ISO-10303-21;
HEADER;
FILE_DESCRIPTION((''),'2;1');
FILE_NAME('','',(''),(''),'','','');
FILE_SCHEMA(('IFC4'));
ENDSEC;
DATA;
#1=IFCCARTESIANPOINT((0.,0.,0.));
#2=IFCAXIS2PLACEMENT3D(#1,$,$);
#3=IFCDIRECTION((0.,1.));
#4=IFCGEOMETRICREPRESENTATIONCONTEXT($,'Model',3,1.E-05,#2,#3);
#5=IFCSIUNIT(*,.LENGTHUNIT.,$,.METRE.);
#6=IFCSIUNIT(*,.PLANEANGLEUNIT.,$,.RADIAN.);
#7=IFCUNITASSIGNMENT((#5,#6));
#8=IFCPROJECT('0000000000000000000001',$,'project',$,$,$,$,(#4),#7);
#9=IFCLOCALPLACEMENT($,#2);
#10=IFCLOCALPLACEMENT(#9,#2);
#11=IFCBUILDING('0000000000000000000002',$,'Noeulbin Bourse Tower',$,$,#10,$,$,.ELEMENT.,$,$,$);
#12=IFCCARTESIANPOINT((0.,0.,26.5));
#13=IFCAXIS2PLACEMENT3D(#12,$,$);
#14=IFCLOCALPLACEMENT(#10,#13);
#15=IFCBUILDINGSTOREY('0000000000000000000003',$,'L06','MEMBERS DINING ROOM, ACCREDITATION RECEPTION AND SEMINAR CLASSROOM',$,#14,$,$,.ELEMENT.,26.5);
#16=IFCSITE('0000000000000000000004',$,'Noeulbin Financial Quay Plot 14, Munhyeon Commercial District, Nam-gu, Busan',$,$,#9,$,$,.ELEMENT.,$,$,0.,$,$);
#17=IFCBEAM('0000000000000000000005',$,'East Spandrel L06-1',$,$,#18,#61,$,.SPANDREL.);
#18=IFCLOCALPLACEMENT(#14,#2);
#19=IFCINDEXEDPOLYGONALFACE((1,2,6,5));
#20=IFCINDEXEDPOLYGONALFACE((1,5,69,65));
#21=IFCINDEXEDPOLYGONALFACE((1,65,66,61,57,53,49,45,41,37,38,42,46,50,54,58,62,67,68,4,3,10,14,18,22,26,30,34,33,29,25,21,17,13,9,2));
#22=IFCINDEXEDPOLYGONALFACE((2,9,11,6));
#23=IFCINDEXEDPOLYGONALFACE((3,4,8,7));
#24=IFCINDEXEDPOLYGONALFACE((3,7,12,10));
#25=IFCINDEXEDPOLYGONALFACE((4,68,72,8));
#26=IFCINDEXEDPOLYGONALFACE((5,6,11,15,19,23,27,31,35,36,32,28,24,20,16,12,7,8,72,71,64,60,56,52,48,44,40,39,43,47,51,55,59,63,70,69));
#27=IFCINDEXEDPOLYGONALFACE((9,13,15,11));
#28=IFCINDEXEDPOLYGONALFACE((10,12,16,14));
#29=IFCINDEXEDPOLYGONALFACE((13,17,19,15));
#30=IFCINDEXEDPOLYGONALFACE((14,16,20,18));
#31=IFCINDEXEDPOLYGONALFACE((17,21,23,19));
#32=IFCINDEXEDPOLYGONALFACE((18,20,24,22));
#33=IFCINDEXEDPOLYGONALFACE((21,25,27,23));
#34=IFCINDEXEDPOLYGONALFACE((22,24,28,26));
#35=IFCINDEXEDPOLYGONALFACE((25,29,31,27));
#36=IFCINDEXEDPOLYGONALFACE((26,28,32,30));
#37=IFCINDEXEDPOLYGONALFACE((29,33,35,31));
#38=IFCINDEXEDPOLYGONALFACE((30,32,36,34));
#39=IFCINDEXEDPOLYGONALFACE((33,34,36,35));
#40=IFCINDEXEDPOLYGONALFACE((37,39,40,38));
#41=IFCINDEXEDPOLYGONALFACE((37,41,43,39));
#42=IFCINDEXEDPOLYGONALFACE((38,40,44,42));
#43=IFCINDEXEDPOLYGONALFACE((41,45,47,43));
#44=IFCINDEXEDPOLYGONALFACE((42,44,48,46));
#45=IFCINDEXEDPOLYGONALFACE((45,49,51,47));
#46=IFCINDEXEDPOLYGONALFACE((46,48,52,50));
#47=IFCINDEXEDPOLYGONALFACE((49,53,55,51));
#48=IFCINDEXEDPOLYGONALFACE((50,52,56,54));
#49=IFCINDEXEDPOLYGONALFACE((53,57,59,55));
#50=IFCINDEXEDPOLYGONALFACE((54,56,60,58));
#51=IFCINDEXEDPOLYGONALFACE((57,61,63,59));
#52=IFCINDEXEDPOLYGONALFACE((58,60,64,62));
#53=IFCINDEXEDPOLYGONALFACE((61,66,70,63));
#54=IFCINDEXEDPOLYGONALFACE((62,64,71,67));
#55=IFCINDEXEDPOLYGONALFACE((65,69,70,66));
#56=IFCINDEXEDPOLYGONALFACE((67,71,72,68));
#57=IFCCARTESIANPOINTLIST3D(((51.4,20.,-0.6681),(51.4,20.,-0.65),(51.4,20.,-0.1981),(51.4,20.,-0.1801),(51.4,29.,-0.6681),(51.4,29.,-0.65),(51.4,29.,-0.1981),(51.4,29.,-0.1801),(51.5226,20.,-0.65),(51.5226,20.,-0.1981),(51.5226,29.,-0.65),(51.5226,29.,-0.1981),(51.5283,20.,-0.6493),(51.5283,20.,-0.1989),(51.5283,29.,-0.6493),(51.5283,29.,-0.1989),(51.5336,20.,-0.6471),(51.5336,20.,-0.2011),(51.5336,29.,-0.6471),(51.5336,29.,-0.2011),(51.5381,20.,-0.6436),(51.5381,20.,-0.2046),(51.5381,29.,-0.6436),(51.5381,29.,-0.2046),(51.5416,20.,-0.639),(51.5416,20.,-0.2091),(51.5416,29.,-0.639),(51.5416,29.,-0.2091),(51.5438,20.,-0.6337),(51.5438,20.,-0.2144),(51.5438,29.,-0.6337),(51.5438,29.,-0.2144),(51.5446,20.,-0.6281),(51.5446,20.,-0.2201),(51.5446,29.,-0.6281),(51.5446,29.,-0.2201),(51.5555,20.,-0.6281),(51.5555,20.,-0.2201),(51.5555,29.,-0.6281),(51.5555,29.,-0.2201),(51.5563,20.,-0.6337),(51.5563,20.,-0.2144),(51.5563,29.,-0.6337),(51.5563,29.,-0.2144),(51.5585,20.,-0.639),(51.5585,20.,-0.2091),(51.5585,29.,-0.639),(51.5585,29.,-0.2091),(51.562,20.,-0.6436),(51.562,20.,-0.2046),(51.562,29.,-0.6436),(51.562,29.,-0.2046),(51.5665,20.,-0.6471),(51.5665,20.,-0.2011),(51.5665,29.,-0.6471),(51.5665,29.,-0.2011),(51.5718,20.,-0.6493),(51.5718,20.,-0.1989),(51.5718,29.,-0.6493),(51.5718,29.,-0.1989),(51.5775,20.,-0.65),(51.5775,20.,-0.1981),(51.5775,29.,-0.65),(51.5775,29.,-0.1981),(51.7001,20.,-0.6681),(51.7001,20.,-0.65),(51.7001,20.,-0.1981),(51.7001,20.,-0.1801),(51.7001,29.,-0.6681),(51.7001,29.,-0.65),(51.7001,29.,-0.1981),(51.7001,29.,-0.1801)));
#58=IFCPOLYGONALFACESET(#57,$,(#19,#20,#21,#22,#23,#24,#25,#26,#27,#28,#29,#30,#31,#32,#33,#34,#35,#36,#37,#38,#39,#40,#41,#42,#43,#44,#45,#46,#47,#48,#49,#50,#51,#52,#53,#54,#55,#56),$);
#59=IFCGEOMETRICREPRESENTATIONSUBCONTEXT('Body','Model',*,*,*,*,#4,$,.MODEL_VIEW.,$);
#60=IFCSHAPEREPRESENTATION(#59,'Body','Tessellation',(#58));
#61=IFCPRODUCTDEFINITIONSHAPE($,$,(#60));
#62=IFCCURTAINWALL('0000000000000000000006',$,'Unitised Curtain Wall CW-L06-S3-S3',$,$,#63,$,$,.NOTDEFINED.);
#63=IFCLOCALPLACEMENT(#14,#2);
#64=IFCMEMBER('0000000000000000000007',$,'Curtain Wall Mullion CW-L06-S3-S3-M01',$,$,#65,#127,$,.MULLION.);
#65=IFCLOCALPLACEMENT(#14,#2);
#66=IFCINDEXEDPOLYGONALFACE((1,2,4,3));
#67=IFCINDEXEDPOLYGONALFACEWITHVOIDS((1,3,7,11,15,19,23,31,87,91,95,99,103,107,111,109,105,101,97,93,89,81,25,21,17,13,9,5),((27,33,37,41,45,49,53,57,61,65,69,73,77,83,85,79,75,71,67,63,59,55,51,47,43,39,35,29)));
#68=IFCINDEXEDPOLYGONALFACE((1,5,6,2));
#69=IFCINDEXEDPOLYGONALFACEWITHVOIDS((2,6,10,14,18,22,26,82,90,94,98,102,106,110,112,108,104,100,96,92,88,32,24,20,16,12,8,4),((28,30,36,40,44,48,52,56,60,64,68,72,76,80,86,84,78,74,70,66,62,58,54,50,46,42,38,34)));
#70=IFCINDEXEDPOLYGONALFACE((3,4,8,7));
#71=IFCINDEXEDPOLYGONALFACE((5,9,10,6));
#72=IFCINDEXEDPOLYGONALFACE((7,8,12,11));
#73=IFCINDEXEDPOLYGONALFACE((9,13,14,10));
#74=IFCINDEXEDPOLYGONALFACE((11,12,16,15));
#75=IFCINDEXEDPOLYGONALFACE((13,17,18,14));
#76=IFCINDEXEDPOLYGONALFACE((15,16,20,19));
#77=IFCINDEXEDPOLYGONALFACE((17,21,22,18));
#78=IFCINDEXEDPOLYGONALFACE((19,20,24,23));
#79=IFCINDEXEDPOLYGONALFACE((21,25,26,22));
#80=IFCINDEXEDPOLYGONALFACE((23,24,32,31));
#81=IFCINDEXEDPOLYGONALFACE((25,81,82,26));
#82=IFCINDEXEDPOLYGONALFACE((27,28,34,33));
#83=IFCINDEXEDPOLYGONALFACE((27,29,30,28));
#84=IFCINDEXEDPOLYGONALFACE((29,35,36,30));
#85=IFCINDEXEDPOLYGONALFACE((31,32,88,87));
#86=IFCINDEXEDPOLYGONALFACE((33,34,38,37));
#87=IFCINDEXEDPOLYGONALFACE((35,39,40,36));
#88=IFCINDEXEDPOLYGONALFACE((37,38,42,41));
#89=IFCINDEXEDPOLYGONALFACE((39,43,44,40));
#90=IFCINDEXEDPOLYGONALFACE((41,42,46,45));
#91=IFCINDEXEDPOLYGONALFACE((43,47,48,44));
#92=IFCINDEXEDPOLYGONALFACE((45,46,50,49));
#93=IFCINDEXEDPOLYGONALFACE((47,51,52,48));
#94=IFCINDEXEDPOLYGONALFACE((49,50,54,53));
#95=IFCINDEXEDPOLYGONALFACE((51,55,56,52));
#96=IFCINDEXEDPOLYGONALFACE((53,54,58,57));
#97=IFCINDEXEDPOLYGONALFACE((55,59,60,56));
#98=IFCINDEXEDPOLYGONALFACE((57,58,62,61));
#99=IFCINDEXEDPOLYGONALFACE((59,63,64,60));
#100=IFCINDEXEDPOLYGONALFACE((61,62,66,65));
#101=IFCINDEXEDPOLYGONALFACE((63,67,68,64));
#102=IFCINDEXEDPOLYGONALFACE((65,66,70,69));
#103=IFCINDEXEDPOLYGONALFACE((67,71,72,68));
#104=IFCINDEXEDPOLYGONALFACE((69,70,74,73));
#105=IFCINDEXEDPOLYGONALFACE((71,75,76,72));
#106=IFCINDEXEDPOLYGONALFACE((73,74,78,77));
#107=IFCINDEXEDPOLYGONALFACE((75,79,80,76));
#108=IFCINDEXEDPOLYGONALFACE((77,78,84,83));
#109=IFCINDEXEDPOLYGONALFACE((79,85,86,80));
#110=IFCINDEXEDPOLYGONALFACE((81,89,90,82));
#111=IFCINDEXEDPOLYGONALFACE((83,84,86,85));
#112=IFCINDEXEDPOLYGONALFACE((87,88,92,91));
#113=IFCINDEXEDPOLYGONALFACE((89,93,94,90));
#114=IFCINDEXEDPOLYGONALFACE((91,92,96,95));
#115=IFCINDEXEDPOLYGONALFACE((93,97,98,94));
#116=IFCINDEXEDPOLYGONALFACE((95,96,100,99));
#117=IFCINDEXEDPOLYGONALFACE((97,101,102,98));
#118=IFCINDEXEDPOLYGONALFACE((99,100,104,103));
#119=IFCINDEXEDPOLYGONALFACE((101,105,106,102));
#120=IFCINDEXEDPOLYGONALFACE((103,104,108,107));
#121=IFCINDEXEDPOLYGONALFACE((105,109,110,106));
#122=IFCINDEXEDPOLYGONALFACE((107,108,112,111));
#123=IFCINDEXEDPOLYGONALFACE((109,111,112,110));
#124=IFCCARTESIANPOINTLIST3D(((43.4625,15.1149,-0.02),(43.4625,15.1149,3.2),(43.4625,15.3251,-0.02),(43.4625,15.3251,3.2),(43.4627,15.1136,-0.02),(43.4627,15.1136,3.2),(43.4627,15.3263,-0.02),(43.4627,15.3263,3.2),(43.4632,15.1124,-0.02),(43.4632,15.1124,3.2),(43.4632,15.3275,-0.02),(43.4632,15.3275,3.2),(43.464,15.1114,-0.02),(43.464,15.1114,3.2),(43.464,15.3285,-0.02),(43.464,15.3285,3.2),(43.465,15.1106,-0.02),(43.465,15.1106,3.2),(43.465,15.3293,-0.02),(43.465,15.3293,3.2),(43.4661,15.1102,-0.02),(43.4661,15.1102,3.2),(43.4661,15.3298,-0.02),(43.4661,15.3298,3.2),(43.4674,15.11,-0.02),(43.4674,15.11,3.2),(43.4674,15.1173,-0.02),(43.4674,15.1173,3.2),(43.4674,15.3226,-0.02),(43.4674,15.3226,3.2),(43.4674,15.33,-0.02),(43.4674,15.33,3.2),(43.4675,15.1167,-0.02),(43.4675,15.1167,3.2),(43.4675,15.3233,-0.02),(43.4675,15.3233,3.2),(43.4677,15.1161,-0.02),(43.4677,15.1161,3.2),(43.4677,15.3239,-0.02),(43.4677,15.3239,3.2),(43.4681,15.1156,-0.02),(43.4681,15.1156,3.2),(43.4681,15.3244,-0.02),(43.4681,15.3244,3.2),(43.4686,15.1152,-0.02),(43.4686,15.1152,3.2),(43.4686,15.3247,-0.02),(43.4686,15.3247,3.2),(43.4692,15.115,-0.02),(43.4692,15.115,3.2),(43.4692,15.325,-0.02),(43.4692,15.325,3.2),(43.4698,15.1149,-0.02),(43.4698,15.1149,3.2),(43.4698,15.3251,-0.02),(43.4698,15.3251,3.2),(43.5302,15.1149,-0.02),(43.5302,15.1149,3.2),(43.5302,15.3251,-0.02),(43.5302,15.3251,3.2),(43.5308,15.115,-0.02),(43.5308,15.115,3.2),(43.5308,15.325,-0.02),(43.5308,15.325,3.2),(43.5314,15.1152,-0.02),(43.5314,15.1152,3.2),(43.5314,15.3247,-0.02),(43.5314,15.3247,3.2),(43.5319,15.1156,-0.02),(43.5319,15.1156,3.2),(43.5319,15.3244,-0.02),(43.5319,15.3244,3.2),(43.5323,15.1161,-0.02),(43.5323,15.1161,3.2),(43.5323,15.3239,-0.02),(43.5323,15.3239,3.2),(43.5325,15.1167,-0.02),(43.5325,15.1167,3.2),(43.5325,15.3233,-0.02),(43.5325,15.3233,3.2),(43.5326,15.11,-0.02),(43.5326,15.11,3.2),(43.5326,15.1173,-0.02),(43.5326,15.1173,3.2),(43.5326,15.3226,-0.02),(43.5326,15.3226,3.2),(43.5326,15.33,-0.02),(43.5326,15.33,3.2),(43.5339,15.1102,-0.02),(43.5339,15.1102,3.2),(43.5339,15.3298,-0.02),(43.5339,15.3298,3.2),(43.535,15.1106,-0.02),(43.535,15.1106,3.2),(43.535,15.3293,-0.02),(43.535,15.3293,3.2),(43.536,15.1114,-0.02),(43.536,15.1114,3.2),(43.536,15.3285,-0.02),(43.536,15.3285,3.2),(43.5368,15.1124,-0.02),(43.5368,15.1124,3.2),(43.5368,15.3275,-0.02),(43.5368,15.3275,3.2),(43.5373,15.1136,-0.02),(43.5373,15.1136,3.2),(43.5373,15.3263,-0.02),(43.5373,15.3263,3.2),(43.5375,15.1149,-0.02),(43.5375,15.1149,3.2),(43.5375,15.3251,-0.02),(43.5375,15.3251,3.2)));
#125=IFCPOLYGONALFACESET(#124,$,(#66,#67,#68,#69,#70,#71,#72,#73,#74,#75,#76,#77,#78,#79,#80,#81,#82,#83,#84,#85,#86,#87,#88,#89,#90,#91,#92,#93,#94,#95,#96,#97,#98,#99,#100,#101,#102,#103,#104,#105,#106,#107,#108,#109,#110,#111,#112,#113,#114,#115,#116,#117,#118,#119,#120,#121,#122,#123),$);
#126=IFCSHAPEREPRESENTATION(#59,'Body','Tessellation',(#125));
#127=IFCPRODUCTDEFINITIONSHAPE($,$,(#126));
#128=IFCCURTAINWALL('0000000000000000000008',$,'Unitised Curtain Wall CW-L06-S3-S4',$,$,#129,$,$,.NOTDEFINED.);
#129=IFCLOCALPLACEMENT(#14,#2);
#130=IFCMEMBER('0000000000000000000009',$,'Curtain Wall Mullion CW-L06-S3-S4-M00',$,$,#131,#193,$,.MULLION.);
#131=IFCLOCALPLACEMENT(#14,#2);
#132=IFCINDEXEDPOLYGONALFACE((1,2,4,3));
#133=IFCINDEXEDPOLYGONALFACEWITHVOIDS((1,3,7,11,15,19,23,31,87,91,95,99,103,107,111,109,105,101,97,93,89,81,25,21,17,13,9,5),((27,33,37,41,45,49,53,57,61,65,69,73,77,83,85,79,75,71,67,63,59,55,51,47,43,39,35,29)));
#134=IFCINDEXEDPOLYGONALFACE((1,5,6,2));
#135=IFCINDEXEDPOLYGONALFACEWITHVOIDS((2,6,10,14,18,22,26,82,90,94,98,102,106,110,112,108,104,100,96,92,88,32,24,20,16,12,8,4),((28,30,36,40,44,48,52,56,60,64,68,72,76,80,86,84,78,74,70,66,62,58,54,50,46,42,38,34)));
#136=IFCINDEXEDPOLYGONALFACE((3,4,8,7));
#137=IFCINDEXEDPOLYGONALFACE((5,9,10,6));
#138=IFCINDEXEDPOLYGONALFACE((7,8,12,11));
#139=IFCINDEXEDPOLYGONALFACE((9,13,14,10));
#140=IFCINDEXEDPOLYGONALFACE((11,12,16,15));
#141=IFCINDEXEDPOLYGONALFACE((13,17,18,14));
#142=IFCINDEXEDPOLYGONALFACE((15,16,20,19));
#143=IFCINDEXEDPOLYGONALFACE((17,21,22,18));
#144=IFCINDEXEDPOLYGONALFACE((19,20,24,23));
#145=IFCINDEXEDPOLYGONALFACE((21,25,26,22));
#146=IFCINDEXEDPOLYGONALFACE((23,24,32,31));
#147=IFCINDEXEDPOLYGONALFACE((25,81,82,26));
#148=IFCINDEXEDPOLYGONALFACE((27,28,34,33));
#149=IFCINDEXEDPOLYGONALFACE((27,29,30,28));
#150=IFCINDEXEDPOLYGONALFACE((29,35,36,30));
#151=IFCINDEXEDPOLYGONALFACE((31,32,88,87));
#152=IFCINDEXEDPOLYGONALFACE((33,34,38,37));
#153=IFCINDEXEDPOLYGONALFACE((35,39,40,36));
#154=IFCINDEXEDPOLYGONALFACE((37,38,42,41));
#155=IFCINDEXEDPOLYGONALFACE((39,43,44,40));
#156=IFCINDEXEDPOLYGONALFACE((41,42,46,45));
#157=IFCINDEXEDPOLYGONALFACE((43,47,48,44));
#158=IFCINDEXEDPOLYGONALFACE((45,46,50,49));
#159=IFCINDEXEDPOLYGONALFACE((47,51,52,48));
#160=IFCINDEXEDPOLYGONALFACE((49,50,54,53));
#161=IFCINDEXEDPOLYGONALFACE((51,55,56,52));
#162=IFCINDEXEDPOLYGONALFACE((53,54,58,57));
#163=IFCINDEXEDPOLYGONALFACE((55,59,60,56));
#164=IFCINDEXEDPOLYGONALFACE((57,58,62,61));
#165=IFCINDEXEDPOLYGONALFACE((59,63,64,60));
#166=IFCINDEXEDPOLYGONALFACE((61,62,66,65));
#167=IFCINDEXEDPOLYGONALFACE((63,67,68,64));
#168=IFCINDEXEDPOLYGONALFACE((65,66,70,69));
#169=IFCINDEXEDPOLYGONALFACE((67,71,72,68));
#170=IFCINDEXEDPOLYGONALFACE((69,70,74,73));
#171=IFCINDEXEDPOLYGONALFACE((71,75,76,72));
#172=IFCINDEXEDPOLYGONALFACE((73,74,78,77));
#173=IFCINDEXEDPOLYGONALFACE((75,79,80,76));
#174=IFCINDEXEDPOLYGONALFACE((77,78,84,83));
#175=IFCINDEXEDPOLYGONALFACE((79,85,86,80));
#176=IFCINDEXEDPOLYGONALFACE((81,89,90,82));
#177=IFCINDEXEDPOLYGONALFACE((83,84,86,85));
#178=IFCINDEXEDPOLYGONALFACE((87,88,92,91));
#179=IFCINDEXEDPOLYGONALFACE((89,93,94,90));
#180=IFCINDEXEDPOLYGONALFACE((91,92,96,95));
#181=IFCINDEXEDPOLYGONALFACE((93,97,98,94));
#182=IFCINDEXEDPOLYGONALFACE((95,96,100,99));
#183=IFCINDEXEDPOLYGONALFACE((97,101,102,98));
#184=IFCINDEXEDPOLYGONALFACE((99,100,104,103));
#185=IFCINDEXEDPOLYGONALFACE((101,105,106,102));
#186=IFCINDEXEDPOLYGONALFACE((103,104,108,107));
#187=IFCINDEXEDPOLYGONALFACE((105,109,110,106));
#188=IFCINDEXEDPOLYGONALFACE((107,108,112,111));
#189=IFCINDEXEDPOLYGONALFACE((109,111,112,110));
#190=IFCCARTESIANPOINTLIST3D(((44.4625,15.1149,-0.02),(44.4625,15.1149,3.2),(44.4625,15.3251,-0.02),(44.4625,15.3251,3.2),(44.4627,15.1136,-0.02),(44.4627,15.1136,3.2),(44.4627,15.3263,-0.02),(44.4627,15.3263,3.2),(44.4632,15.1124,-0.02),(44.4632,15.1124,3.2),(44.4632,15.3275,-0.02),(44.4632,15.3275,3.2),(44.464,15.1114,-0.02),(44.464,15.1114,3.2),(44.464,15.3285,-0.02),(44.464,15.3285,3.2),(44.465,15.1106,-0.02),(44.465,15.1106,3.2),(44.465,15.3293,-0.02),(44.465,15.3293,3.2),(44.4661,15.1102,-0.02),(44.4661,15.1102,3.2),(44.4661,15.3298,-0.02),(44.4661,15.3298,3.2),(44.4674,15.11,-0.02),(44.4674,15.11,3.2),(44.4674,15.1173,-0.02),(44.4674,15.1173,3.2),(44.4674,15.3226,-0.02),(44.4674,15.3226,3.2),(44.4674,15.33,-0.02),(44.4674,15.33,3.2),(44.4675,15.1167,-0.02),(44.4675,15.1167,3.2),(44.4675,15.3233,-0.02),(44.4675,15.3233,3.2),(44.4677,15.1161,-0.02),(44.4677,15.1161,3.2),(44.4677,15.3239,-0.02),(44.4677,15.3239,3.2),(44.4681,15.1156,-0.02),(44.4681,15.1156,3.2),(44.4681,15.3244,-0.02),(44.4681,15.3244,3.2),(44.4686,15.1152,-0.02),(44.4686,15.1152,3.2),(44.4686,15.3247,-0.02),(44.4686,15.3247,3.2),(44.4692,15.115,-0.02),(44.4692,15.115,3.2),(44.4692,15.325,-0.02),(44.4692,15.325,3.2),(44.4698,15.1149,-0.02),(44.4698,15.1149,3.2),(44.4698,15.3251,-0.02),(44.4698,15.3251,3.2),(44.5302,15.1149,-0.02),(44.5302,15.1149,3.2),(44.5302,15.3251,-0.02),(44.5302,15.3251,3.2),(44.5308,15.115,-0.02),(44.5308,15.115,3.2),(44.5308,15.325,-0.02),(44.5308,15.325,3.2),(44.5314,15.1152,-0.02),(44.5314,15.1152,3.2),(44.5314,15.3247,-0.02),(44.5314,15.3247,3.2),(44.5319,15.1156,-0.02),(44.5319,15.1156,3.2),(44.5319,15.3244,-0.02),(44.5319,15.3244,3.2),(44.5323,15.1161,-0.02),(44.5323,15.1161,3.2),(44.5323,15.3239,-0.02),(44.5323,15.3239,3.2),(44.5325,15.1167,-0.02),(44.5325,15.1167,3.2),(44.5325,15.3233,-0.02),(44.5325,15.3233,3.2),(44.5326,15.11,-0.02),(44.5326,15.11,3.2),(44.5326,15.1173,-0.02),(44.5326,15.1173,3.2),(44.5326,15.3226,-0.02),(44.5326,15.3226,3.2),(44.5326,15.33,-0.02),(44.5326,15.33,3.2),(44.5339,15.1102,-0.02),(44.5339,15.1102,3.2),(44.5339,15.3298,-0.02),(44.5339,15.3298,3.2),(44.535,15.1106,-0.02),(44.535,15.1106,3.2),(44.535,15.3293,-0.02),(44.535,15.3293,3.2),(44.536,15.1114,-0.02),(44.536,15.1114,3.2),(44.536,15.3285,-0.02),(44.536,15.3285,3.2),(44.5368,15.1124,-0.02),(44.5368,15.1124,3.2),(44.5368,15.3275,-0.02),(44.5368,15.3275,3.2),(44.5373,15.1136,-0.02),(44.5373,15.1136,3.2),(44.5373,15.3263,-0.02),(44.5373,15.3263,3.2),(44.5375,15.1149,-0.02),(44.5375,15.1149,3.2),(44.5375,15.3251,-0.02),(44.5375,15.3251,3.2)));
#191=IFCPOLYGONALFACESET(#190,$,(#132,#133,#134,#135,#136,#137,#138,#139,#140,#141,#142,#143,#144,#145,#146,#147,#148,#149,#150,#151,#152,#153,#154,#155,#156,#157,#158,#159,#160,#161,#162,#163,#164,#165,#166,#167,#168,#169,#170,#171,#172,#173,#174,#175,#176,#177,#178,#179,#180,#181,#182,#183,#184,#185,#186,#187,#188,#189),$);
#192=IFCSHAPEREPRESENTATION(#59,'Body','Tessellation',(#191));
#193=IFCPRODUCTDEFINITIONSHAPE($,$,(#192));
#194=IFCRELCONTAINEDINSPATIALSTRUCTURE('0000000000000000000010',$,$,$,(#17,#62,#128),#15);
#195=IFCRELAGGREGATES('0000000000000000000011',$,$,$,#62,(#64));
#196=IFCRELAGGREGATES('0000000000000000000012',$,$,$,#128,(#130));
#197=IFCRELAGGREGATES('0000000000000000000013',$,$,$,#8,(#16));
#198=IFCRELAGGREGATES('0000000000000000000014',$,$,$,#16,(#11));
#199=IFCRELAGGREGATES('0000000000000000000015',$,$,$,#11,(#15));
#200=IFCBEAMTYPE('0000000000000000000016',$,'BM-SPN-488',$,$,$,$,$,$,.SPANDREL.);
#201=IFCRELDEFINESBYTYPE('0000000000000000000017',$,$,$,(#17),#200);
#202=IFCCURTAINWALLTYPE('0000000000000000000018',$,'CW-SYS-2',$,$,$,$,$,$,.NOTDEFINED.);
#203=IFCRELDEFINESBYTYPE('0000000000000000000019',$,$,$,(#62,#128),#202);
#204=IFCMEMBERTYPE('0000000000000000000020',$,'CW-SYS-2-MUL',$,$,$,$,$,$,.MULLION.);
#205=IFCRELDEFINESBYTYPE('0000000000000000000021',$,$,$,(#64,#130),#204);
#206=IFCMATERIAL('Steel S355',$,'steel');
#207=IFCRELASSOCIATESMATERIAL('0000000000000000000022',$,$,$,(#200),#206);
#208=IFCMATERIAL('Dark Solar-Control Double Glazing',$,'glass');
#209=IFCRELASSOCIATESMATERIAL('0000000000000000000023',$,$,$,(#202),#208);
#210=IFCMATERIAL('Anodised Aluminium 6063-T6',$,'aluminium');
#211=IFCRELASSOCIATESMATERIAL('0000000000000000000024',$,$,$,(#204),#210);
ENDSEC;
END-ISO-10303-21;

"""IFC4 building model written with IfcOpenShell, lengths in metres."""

from ifc_helpers import new_model, si_unit, direction, frame, origin, origin_2d, place, context, subcontext, project, spatial, hollow_rectangle, i_section, extrude, material, material_profile, profile_set, type_object, element, aggregate, save


model = new_model("IFC4")

# Units and contexts
model_context = context("Model", 3, precision=1e-05, world=origin(), true_north=direction((0.0, 1.0)))
body_context = subcontext(model_context, "Body", "Model", "MODEL_VIEW")
ifc_project = project(units=[si_unit("LENGTHUNIT", "METRE"), si_unit("PLANEANGLEUNIT", "RADIAN")], contexts=[model_context])

# Site, building, storey
site_placement = place(None, origin())
site = spatial("IfcSite", under=ifc_project, at=site_placement, Name="Noeulbin Financial Quay Plot 14, Munhyeon Commercial District, Nam-gu, Busan", CompositionType="ELEMENT", RefElevation=0.0)
building_placement = place(site_placement, origin())
building = spatial("IfcBuilding", under=site, at=building_placement, Name="Noeulbin Bourse Tower", CompositionType="ELEMENT")
storey_placement = place(building_placement, frame((0.0, 0.0, 26.5)))
storey = spatial("IfcBuildingStorey", under=building, at=storey_placement, Name="L06", Description="MEMBERS DINING ROOM, ACCREDITATION RECEPTION AND SEMINAR CLASSROOM", CompositionType="ELEMENT", Elevation=26.5)

# Beam
ifc_material_1 = material(Name="Steel S355", Category="steel")
ifc_material_profile_1 = material_profile(ifc_material_1, i_section(OverallWidth=0.3, OverallDepth=0.488, WebThickness=0.011, FlangeThickness=0.0181, FilletRadius=0.022, at=origin_2d()), Name="H-488x300x11x18", Category="LoadBearing")
ifc_profile_set_1 = profile_set([ifc_material_profile_1], Name="Steel S355")
beam_type_1 = type_object("IfcBeamType", Name="BM-SPN-488", PredefinedType="SPANDREL", material=ifc_profile_set_1)
beam_1_placement = place(storey_placement, frame((51.55, 20.0, -0.4241), z_axis=(0.0, 1.0, 0.0), x_axis=(-1.0, 0.0, 0.0)))
element("IfcBeam", 1, at=beam_1_placement, inside=storey, type_object=beam_type_1, Name="East Spandrel L06-1", PredefinedType="SPANDREL", context=body_context, shape_type="SweptSolid", body=[
    extrude(i_section(OverallWidth=0.3, OverallDepth=0.488, WebThickness=0.011, FlangeThickness=0.0181, FilletRadius=0.022, at=origin_2d()), origin(), (0.0, 0.0, 1.0), 9.0),
])

# Curtain wall, member
ifc_material_2 = material(Name="Dark Solar-Control Double Glazing", Category="glass")
curtain_wall_type = type_object("IfcCurtainWallType", Name="CW-SYS-2", PredefinedType="NOTDEFINED", material=ifc_material_2)
curtain_wall_1_placement = place(storey_placement, origin())
curtain_wall_1 = element("IfcCurtainWall", 2, at=curtain_wall_1_placement, inside=storey, type_object=curtain_wall_type, Name="Unitised Curtain Wall CW-L06-S3-S3", PredefinedType="NOTDEFINED")
ifc_material_3 = material(Name="Anodised Aluminium 6063-T6", Category="aluminium")
ifc_material_profile_2 = material_profile(ifc_material_3, hollow_rectangle(XDim=0.075, YDim=0.22, WallThickness=0.0049, InnerFilletRadius=0.0024, OuterFilletRadius=0.0049, at=origin_2d()), Name="ALU-MULL-75x220x5", Category="LoadBearing")
ifc_profile_set_2 = profile_set([ifc_material_profile_2], Name="Anodised Aluminium 6063-T6")
member_type_1 = type_object("IfcMemberType", Name="CW-SYS-2-MUL", PredefinedType="MULLION", material=ifc_profile_set_2)
member_1_placement = place(storey_placement, frame((43.5, 15.22, -0.02), z_axis=(0.0, 0.0, 1.0), x_axis=(1.0, 0.0, 0.0)))
member_1 = element("IfcMember", 3, at=member_1_placement, type_object=member_type_1, Name="Curtain Wall Mullion CW-L06-S3-S3-M01", PredefinedType="MULLION", context=body_context, shape_type="SweptSolid", body=[
    extrude(hollow_rectangle(XDim=0.075, YDim=0.22, WallThickness=0.0049, InnerFilletRadius=0.0024, OuterFilletRadius=0.0049, at=origin_2d()), origin(), (0.0, 0.0, 1.0), 3.22),
])
aggregate(curtain_wall_1, [member_1])

# Curtain wall, member
curtain_wall_2_placement = place(storey_placement, origin())
curtain_wall_2 = element("IfcCurtainWall", 4, at=curtain_wall_2_placement, inside=storey, type_object=curtain_wall_type, Name="Unitised Curtain Wall CW-L06-S3-S4", PredefinedType="NOTDEFINED")
member_2_placement = place(storey_placement, frame((44.5, 15.22, -0.02), z_axis=(0.0, 0.0, 1.0), x_axis=(1.0, 0.0, 0.0)))
member_2 = element("IfcMember", 5, at=member_2_placement, type_object=member_type_1, Name="Curtain Wall Mullion CW-L06-S3-S4-M00", PredefinedType="MULLION", context=body_context, shape_type="SweptSolid", body=[
    extrude(hollow_rectangle(XDim=0.075, YDim=0.22, WallThickness=0.0049, InnerFilletRadius=0.0024, OuterFilletRadius=0.0049, at=origin_2d()), origin(), (0.0, 0.0, 1.0), 3.22),
])

aggregate(curtain_wall_2, [member_2])

save(model, "model.ifc")
